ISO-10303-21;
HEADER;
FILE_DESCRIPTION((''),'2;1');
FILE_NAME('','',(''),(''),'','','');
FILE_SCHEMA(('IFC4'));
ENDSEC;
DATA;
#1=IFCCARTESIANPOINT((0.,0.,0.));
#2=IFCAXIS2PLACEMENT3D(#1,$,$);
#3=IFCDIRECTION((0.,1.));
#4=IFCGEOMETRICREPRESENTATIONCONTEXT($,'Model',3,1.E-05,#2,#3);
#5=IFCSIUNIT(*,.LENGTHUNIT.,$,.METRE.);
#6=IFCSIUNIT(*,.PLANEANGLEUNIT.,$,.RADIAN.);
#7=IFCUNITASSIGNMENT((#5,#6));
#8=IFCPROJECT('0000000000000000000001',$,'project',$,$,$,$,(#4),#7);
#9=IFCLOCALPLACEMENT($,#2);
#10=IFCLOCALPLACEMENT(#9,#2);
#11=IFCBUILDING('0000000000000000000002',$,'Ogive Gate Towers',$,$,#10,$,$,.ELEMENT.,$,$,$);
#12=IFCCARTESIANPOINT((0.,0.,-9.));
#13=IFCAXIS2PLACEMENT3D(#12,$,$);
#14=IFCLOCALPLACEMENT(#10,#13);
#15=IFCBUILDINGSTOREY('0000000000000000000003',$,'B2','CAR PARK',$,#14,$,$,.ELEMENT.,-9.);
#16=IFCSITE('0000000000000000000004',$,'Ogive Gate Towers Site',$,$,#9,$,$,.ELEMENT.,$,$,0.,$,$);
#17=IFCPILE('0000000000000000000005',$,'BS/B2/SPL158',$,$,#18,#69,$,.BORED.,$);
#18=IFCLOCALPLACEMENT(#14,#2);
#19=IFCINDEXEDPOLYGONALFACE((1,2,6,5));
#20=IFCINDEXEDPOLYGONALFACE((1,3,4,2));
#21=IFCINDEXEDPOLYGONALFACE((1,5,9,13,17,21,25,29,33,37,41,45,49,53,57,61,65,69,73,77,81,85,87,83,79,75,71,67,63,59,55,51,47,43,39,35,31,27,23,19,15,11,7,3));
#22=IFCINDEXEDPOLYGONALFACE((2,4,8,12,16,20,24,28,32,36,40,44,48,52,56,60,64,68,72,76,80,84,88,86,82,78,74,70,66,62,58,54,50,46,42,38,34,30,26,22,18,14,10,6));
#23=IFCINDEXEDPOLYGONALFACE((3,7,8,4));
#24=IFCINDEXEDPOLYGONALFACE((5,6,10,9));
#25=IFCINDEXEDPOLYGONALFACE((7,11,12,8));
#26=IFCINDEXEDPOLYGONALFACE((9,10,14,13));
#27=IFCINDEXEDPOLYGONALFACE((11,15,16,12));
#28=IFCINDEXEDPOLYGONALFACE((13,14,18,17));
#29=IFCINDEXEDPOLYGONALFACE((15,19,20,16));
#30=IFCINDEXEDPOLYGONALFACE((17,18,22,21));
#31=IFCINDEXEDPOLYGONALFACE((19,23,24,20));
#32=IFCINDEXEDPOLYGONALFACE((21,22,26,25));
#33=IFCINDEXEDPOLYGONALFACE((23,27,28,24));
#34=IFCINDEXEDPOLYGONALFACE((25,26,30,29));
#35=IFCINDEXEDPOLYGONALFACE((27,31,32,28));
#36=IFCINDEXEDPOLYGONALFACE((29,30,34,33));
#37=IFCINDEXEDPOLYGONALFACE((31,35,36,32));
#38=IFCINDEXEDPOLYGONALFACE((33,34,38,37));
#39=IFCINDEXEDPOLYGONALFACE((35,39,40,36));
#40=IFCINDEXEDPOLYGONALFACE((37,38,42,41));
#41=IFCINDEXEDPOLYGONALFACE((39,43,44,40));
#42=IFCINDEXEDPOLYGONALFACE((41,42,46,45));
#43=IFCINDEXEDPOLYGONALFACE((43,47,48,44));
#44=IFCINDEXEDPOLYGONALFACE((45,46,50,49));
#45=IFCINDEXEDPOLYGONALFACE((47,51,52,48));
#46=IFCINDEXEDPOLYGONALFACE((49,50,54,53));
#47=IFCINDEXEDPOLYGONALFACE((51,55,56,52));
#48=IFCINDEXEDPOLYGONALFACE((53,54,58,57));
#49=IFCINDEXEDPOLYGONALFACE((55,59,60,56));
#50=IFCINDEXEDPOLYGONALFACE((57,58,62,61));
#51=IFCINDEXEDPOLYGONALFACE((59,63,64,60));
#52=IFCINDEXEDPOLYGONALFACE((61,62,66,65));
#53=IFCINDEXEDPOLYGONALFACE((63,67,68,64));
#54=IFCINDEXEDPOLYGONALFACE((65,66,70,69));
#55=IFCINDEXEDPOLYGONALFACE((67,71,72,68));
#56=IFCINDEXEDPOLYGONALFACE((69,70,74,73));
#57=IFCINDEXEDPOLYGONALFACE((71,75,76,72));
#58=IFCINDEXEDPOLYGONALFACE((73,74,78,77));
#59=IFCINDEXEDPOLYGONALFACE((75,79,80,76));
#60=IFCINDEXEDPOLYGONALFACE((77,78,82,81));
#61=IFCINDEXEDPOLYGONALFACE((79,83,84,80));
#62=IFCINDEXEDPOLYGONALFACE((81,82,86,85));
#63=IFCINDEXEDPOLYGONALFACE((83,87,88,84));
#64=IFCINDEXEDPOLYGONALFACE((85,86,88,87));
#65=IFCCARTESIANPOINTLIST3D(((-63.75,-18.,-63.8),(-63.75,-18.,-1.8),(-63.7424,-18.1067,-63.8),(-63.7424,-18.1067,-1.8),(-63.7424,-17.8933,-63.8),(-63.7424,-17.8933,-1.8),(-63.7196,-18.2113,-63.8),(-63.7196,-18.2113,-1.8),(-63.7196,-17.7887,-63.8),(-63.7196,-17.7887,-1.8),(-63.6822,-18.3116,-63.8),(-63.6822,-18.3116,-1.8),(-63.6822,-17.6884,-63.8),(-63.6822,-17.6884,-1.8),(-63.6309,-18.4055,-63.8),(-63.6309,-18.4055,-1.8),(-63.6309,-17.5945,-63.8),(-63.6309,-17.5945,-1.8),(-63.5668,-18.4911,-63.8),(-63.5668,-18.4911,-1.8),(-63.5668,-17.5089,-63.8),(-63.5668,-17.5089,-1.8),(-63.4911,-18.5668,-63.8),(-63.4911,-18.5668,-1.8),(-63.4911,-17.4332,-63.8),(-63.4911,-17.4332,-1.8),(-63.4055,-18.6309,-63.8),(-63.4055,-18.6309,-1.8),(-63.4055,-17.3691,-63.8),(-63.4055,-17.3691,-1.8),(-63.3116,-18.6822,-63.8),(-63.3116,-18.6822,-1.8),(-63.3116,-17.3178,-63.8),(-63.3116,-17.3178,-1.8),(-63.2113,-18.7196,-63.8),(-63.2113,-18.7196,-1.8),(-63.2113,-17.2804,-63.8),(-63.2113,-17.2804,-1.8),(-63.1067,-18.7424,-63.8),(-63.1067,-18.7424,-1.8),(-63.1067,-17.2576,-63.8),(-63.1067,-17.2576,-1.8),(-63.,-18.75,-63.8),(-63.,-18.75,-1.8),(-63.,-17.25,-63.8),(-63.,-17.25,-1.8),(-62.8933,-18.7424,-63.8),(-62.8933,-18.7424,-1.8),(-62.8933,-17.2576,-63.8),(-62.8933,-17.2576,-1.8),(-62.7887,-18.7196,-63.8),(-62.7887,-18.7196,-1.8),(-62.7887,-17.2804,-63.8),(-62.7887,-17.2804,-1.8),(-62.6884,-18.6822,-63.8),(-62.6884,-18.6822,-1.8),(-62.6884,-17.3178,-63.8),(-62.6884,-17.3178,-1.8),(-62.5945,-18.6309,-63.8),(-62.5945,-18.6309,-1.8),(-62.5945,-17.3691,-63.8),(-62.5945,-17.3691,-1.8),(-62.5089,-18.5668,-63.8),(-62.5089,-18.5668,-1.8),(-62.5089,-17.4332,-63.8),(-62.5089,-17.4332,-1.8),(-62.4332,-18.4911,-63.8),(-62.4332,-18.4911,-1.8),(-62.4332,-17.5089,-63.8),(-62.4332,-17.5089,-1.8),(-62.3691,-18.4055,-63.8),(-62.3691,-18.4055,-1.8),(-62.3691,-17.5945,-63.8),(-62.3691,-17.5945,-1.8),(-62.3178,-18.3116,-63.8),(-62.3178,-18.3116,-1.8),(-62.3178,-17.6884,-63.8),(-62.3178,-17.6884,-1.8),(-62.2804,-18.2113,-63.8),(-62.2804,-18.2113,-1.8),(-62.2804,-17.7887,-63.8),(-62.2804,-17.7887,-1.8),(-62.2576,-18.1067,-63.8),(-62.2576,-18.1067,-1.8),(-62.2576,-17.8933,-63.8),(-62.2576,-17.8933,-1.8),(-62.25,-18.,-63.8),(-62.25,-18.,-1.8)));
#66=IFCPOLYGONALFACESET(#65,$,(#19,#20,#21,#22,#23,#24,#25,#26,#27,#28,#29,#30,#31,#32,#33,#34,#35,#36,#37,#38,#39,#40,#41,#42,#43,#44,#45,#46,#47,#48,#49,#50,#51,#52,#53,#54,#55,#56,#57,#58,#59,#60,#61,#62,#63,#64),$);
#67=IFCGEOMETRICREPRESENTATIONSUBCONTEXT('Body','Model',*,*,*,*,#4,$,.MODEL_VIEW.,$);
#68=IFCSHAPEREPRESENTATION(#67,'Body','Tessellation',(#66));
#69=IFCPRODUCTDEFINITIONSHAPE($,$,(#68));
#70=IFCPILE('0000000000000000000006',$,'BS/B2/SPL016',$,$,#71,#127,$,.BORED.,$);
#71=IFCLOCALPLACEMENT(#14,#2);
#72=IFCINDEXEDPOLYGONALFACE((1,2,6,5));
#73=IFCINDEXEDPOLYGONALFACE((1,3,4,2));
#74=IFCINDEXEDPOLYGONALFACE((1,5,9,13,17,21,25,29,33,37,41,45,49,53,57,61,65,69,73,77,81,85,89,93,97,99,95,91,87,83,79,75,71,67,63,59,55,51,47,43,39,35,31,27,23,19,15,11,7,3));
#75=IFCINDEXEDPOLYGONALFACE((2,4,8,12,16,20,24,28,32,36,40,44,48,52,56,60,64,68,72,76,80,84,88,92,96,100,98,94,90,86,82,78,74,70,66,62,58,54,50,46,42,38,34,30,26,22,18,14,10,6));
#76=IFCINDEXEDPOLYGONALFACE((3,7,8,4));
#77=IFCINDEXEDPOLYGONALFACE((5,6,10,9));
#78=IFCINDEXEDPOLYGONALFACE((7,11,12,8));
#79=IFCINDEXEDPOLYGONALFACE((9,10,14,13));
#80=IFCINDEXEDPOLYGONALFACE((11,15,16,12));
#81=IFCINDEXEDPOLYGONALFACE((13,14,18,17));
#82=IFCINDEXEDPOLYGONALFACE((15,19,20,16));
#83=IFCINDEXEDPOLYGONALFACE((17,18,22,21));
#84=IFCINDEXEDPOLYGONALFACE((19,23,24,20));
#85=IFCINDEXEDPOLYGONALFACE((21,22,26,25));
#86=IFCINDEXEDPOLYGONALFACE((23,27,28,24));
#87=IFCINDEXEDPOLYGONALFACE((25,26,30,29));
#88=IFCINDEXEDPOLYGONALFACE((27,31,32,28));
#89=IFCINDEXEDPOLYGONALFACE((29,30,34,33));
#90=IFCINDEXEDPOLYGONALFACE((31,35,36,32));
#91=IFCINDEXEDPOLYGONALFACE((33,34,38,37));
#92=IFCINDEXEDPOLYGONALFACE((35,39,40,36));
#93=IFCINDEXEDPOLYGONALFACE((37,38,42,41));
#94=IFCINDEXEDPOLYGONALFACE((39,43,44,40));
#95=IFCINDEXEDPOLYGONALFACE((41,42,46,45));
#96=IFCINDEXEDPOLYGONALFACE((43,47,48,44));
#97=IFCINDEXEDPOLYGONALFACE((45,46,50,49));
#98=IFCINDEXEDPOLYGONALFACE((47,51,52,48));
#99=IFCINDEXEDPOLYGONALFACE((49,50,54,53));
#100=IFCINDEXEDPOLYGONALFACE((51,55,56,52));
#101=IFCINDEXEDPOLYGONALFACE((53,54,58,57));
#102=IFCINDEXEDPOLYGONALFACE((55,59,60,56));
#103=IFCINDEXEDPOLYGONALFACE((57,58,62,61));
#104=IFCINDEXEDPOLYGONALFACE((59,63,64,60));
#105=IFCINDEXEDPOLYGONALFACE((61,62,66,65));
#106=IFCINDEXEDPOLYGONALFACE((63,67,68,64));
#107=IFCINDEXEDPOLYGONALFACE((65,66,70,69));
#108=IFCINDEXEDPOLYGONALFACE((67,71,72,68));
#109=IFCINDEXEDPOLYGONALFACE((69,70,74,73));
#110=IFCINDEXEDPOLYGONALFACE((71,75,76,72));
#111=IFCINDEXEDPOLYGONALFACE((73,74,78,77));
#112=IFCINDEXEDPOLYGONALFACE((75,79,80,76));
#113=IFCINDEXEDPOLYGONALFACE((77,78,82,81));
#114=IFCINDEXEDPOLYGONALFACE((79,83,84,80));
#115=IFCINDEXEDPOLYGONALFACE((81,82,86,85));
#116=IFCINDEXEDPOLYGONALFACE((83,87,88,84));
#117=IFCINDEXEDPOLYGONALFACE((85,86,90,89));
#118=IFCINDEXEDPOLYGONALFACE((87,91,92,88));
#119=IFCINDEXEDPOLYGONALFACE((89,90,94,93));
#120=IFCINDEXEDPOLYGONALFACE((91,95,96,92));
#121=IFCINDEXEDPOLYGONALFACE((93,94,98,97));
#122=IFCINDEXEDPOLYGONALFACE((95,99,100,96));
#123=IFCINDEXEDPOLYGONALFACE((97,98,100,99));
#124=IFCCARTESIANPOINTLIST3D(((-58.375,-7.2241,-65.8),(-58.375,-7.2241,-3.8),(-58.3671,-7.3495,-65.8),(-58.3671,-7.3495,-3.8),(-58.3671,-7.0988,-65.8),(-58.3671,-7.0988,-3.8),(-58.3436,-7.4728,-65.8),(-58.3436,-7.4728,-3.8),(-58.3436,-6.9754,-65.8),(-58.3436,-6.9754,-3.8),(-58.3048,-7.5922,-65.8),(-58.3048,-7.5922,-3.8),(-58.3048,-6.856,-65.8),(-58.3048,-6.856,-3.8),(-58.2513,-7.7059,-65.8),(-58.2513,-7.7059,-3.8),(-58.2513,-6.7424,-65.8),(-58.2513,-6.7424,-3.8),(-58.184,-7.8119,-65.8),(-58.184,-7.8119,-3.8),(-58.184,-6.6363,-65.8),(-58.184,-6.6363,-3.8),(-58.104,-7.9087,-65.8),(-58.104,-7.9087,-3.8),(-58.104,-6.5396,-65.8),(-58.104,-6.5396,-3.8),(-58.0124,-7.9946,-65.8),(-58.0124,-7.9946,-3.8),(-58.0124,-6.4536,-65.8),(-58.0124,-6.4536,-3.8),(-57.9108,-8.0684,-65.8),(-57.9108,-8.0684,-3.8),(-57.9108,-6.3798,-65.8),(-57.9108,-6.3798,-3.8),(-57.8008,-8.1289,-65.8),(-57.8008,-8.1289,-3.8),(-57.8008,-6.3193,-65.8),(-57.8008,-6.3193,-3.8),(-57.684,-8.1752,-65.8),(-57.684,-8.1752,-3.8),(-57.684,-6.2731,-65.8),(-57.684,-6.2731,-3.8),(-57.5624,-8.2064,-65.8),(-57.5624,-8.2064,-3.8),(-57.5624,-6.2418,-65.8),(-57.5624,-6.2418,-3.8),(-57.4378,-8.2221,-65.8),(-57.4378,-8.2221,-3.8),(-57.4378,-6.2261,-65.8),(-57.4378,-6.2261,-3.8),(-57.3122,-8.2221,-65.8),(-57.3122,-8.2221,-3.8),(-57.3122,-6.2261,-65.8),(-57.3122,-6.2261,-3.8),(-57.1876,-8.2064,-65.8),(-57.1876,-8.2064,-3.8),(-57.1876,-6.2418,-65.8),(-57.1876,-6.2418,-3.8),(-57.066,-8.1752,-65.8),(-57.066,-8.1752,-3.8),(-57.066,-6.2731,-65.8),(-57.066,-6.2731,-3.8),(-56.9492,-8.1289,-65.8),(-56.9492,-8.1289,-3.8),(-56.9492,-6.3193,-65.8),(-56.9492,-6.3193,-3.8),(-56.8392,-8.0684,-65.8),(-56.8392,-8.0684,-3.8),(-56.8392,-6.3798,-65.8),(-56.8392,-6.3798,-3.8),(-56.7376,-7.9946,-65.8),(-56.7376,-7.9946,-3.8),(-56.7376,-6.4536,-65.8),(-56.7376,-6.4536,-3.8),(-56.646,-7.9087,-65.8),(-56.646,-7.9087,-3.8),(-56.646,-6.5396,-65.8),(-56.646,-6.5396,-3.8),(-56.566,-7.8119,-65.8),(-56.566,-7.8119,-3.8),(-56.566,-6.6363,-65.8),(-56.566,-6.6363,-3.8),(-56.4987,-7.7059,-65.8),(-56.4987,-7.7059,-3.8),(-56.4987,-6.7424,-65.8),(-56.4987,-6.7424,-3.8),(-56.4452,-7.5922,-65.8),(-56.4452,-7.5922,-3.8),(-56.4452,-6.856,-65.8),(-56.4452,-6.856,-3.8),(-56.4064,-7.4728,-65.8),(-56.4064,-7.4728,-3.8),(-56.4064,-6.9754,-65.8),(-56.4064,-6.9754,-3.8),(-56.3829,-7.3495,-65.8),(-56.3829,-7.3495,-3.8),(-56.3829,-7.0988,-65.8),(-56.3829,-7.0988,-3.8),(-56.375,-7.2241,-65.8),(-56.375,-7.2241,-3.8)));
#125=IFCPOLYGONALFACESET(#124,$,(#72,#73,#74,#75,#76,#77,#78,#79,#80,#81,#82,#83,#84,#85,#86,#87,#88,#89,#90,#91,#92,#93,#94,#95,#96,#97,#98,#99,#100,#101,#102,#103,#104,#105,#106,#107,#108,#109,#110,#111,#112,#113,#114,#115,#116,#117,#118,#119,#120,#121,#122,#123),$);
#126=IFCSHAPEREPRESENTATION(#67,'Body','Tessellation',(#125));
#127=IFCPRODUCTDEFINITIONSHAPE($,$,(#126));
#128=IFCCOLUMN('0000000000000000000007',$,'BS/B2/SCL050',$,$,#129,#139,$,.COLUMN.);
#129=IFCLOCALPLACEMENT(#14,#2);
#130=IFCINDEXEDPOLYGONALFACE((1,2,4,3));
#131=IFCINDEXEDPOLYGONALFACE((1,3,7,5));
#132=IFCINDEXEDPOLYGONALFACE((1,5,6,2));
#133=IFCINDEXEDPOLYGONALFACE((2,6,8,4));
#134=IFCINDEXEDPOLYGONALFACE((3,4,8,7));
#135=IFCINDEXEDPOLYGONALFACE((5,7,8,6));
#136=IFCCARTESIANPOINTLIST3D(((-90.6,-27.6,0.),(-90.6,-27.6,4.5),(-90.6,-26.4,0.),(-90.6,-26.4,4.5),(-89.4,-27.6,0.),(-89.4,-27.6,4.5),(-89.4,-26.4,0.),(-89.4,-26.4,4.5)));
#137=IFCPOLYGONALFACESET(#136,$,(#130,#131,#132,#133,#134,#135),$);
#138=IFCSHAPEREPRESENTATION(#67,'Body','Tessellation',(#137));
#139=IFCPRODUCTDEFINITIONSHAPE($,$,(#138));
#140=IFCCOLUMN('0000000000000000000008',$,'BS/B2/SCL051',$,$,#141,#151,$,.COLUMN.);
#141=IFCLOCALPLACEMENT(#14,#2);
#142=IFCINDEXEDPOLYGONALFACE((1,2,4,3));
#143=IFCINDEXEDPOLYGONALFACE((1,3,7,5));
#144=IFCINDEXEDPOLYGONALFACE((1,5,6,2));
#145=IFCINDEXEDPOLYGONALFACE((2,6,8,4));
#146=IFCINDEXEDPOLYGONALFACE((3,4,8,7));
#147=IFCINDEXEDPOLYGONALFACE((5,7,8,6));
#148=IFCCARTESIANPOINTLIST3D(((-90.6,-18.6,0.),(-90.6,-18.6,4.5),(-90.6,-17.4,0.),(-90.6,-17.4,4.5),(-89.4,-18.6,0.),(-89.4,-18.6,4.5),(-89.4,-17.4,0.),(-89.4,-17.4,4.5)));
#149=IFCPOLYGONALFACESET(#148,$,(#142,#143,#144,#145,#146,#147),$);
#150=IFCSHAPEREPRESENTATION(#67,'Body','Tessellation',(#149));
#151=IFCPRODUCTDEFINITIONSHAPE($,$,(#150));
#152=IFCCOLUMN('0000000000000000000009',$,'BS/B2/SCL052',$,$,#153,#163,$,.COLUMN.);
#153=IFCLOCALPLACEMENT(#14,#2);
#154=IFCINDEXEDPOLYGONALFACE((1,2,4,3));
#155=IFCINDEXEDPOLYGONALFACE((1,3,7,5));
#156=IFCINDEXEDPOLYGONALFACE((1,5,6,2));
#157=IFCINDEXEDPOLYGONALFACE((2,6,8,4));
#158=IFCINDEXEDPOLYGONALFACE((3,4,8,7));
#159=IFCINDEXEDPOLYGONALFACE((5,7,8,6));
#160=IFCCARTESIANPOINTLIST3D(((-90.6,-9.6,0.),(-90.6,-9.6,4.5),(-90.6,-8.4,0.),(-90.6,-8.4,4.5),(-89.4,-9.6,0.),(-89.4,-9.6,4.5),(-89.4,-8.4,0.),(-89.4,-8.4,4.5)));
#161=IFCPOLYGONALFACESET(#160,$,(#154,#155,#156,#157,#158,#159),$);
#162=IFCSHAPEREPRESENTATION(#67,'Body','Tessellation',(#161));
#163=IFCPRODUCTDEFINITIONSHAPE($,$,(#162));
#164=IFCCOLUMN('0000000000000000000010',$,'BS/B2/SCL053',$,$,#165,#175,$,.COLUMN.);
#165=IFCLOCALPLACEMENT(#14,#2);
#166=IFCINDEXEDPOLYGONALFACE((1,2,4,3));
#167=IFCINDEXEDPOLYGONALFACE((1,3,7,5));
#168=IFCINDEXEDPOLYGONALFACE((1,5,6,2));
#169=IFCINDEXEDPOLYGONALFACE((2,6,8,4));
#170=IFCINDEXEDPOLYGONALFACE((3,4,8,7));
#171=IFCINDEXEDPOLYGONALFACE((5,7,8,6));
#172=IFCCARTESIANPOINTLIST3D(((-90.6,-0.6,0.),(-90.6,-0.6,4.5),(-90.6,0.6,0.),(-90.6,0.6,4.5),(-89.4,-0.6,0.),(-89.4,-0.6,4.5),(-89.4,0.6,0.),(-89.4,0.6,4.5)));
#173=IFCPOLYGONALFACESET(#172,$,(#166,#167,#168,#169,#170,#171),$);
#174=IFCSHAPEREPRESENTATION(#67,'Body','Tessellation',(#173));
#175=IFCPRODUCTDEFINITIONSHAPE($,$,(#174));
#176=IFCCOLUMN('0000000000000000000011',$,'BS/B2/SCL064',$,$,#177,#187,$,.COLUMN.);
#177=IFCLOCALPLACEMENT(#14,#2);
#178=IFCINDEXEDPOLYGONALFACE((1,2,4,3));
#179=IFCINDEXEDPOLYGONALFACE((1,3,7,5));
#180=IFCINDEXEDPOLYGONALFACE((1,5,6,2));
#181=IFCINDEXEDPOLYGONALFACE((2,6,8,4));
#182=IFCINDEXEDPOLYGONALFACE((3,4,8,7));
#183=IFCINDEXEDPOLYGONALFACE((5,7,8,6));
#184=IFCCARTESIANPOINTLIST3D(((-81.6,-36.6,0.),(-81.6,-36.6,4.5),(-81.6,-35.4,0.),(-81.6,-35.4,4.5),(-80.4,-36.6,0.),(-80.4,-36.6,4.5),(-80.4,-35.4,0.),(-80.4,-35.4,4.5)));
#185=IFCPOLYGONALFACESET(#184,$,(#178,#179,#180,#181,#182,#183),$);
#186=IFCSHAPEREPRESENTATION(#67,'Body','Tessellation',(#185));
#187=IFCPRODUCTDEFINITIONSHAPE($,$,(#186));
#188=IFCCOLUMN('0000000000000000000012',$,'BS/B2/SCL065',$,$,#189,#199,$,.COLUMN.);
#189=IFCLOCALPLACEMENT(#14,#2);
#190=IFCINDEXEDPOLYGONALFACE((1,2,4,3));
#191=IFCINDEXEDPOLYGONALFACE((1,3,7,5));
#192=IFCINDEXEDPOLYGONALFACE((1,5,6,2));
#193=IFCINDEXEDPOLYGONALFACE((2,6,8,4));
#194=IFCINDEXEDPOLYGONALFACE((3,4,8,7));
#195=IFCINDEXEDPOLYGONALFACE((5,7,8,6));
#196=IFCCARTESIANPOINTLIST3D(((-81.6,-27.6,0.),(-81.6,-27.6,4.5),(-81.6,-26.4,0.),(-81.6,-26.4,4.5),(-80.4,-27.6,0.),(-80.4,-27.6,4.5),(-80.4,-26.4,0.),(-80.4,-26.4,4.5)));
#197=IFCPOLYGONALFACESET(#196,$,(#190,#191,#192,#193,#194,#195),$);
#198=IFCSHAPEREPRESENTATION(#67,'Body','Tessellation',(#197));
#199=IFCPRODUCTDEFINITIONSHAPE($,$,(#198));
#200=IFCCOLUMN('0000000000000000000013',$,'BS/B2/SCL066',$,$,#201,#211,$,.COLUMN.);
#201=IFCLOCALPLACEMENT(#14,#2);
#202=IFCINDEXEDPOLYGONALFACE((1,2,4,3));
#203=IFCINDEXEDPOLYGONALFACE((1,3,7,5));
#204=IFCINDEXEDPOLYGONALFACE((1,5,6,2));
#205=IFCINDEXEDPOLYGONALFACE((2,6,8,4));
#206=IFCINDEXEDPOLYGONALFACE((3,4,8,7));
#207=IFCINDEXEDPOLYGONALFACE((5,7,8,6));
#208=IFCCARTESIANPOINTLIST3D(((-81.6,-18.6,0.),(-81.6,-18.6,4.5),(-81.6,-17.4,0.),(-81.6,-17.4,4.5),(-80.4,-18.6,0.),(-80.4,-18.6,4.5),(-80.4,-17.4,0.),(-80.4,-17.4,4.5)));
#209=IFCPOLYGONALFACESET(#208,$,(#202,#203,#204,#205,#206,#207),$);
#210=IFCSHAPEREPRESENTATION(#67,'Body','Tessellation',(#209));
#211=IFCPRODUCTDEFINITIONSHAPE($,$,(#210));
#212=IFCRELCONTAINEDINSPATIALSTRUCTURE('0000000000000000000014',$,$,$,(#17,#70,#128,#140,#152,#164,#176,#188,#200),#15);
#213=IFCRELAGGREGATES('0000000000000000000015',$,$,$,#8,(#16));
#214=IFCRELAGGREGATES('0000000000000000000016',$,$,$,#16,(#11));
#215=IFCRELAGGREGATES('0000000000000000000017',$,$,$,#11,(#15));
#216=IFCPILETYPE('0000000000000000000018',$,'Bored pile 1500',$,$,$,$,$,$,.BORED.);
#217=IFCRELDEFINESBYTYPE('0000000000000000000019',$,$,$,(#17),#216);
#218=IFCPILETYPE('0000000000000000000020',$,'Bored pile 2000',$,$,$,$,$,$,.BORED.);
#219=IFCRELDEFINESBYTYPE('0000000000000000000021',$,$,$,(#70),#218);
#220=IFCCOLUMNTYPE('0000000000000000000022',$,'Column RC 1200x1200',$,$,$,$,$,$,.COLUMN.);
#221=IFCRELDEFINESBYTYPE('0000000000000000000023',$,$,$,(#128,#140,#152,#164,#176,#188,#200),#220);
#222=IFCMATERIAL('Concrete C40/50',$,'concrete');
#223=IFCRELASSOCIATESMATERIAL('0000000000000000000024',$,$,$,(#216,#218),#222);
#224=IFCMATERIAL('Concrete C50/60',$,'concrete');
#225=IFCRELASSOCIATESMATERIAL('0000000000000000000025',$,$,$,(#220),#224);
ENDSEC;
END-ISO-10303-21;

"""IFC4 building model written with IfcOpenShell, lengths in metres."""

from ifc_helpers import new_model, si_unit, direction, frame, origin, origin_2d, place, context, subcontext, project, spatial, rectangle, circle, extrude, material, material_profile, profile_set, type_object, element, save


model = new_model("IFC4")

# Units and contexts
model_context = context("Model", 3, precision=1e-05, world=origin(), true_north=direction((0.0, 1.0)))
body_context = subcontext(model_context, "Body", "Model", "MODEL_VIEW")
ifc_project = project(units=[si_unit("LENGTHUNIT", "METRE"), si_unit("PLANEANGLEUNIT", "RADIAN")], contexts=[model_context])

# Site, building, storey
site_placement = place(None, origin())
site = spatial("IfcSite", under=ifc_project, at=site_placement, Name="Ogive Gate Towers Site", CompositionType="ELEMENT", RefElevation=0.0)
building_placement = place(site_placement, origin())
building = spatial("IfcBuilding", under=site, at=building_placement, Name="Ogive Gate Towers", CompositionType="ELEMENT")
storey_placement = place(building_placement, frame((0.0, 0.0, -9.0)))
storey = spatial("IfcBuildingStorey", under=building, at=storey_placement, Name="B2", Description="CAR PARK", CompositionType="ELEMENT", Elevation=-9.0)

# Piles
ifc_material_1 = material(Name="Concrete C40/50", Category="concrete")
ifc_material_profile_1 = material_profile(ifc_material_1, circle(Radius=0.75, at=origin_2d()), Name="BP 1500")
ifc_profile_set_1 = profile_set([ifc_material_profile_1], Name="Concrete C40/50")
pile_type_1 = type_object("IfcPileType", Name="Bored pile 1500", PredefinedType="BORED", material=ifc_profile_set_1)
for number, where, z_axis, x_axis, name in (
    (1, (-63.0, -18.0, -1.8), (0.0, 0.0, -1.0), (1.0, 0.0, 0.0), "BS/B2/SPL158"),
):
    element("IfcPile", number, at=place(storey_placement, frame(where, z_axis=z_axis, x_axis=x_axis)), inside=storey, type_object=pile_type_1, Name=name, PredefinedType="BORED", context=body_context, shape_type="SweptSolid", body=[
        extrude(circle(Radius=0.75, at=origin_2d()), origin(), (0.0, 0.0, 1.0), 62.0),
    ])
ifc_material_profile_2 = material_profile(ifc_material_1, circle(Radius=1.0, at=origin_2d()), Name="BP 2000")
ifc_profile_set_2 = profile_set([ifc_material_profile_2], Name="Concrete C40/50")
pile_type_2 = type_object("IfcPileType", Name="Bored pile 2000", PredefinedType="BORED", material=ifc_profile_set_2)
pile_placement = place(storey_placement, frame((-57.375, -7.2241, -3.8), z_axis=(0.0, 0.0, -1.0), x_axis=(1.0, 0.0, 0.0)))
element("IfcPile", 2, at=pile_placement, inside=storey, type_object=pile_type_2, Name="BS/B2/SPL016", PredefinedType="BORED", context=body_context, shape_type="SweptSolid", body=[
    extrude(circle(Radius=1.0, at=origin_2d()), origin(), (0.0, 0.0, 1.0), 62.0),
])

# Columns
ifc_material_2 = material(Name="Concrete C50/60", Category="concrete")
ifc_material_profile_3 = material_profile(ifc_material_2, rectangle(XDim=1.2, YDim=1.2, at=origin_2d()), Name="RC 1200x1200")
ifc_profile_set_3 = profile_set([ifc_material_profile_3], Name="Concrete C50/60")
column_type_1 = type_object("IfcColumnType", Name="Column RC 1200x1200", PredefinedType="COLUMN", material=ifc_profile_set_3)
for number, where, z_axis, x_axis, name in (
    (3, (-90.0, -27.0, 0.0), (0.0, 0.0, 1.0), (1.0, 0.0, 0.0), "BS/B2/SCL050"),
    (4, (-90.0, -18.0, 0.0), (0.0, 0.0, 1.0), (1.0, 0.0, 0.0), "BS/B2/SCL051"),
    (5, (-90.0, -9.0, 0.0), (0.0, 0.0, 1.0), (1.0, 0.0, 0.0), "BS/B2/SCL052"),
    (6, (-90.0, 0.0, 0.0), (0.0, 0.0, 1.0), (1.0, 0.0, 0.0), "BS/B2/SCL053"),
    (7, (-81.0, -36.0, 0.0), (0.0, 0.0, 1.0), (1.0, 0.0, 0.0), "BS/B2/SCL064"),
    (8, (-81.0, -27.0, 0.0), (0.0, 0.0, 1.0), (1.0, 0.0, 0.0), "BS/B2/SCL065"),
    (9, (-81.0, -18.0, 0.0), (0.0, 0.0, 1.0), (1.0, 0.0, 0.0), "BS/B2/SCL066"),
):
    element("IfcColumn", number, at=place(storey_placement, frame(where, z_axis=z_axis, x_axis=x_axis)), inside=storey, type_object=column_type_1, Name=name, PredefinedType="COLUMN", context=body_context, shape_type="SweptSolid", body=[
        extrude(rectangle(XDim=1.2, YDim=1.2, at=origin_2d()), origin(), (0.0, 0.0, 1.0), 4.5),
    ])

save(model, "model.ifc")
